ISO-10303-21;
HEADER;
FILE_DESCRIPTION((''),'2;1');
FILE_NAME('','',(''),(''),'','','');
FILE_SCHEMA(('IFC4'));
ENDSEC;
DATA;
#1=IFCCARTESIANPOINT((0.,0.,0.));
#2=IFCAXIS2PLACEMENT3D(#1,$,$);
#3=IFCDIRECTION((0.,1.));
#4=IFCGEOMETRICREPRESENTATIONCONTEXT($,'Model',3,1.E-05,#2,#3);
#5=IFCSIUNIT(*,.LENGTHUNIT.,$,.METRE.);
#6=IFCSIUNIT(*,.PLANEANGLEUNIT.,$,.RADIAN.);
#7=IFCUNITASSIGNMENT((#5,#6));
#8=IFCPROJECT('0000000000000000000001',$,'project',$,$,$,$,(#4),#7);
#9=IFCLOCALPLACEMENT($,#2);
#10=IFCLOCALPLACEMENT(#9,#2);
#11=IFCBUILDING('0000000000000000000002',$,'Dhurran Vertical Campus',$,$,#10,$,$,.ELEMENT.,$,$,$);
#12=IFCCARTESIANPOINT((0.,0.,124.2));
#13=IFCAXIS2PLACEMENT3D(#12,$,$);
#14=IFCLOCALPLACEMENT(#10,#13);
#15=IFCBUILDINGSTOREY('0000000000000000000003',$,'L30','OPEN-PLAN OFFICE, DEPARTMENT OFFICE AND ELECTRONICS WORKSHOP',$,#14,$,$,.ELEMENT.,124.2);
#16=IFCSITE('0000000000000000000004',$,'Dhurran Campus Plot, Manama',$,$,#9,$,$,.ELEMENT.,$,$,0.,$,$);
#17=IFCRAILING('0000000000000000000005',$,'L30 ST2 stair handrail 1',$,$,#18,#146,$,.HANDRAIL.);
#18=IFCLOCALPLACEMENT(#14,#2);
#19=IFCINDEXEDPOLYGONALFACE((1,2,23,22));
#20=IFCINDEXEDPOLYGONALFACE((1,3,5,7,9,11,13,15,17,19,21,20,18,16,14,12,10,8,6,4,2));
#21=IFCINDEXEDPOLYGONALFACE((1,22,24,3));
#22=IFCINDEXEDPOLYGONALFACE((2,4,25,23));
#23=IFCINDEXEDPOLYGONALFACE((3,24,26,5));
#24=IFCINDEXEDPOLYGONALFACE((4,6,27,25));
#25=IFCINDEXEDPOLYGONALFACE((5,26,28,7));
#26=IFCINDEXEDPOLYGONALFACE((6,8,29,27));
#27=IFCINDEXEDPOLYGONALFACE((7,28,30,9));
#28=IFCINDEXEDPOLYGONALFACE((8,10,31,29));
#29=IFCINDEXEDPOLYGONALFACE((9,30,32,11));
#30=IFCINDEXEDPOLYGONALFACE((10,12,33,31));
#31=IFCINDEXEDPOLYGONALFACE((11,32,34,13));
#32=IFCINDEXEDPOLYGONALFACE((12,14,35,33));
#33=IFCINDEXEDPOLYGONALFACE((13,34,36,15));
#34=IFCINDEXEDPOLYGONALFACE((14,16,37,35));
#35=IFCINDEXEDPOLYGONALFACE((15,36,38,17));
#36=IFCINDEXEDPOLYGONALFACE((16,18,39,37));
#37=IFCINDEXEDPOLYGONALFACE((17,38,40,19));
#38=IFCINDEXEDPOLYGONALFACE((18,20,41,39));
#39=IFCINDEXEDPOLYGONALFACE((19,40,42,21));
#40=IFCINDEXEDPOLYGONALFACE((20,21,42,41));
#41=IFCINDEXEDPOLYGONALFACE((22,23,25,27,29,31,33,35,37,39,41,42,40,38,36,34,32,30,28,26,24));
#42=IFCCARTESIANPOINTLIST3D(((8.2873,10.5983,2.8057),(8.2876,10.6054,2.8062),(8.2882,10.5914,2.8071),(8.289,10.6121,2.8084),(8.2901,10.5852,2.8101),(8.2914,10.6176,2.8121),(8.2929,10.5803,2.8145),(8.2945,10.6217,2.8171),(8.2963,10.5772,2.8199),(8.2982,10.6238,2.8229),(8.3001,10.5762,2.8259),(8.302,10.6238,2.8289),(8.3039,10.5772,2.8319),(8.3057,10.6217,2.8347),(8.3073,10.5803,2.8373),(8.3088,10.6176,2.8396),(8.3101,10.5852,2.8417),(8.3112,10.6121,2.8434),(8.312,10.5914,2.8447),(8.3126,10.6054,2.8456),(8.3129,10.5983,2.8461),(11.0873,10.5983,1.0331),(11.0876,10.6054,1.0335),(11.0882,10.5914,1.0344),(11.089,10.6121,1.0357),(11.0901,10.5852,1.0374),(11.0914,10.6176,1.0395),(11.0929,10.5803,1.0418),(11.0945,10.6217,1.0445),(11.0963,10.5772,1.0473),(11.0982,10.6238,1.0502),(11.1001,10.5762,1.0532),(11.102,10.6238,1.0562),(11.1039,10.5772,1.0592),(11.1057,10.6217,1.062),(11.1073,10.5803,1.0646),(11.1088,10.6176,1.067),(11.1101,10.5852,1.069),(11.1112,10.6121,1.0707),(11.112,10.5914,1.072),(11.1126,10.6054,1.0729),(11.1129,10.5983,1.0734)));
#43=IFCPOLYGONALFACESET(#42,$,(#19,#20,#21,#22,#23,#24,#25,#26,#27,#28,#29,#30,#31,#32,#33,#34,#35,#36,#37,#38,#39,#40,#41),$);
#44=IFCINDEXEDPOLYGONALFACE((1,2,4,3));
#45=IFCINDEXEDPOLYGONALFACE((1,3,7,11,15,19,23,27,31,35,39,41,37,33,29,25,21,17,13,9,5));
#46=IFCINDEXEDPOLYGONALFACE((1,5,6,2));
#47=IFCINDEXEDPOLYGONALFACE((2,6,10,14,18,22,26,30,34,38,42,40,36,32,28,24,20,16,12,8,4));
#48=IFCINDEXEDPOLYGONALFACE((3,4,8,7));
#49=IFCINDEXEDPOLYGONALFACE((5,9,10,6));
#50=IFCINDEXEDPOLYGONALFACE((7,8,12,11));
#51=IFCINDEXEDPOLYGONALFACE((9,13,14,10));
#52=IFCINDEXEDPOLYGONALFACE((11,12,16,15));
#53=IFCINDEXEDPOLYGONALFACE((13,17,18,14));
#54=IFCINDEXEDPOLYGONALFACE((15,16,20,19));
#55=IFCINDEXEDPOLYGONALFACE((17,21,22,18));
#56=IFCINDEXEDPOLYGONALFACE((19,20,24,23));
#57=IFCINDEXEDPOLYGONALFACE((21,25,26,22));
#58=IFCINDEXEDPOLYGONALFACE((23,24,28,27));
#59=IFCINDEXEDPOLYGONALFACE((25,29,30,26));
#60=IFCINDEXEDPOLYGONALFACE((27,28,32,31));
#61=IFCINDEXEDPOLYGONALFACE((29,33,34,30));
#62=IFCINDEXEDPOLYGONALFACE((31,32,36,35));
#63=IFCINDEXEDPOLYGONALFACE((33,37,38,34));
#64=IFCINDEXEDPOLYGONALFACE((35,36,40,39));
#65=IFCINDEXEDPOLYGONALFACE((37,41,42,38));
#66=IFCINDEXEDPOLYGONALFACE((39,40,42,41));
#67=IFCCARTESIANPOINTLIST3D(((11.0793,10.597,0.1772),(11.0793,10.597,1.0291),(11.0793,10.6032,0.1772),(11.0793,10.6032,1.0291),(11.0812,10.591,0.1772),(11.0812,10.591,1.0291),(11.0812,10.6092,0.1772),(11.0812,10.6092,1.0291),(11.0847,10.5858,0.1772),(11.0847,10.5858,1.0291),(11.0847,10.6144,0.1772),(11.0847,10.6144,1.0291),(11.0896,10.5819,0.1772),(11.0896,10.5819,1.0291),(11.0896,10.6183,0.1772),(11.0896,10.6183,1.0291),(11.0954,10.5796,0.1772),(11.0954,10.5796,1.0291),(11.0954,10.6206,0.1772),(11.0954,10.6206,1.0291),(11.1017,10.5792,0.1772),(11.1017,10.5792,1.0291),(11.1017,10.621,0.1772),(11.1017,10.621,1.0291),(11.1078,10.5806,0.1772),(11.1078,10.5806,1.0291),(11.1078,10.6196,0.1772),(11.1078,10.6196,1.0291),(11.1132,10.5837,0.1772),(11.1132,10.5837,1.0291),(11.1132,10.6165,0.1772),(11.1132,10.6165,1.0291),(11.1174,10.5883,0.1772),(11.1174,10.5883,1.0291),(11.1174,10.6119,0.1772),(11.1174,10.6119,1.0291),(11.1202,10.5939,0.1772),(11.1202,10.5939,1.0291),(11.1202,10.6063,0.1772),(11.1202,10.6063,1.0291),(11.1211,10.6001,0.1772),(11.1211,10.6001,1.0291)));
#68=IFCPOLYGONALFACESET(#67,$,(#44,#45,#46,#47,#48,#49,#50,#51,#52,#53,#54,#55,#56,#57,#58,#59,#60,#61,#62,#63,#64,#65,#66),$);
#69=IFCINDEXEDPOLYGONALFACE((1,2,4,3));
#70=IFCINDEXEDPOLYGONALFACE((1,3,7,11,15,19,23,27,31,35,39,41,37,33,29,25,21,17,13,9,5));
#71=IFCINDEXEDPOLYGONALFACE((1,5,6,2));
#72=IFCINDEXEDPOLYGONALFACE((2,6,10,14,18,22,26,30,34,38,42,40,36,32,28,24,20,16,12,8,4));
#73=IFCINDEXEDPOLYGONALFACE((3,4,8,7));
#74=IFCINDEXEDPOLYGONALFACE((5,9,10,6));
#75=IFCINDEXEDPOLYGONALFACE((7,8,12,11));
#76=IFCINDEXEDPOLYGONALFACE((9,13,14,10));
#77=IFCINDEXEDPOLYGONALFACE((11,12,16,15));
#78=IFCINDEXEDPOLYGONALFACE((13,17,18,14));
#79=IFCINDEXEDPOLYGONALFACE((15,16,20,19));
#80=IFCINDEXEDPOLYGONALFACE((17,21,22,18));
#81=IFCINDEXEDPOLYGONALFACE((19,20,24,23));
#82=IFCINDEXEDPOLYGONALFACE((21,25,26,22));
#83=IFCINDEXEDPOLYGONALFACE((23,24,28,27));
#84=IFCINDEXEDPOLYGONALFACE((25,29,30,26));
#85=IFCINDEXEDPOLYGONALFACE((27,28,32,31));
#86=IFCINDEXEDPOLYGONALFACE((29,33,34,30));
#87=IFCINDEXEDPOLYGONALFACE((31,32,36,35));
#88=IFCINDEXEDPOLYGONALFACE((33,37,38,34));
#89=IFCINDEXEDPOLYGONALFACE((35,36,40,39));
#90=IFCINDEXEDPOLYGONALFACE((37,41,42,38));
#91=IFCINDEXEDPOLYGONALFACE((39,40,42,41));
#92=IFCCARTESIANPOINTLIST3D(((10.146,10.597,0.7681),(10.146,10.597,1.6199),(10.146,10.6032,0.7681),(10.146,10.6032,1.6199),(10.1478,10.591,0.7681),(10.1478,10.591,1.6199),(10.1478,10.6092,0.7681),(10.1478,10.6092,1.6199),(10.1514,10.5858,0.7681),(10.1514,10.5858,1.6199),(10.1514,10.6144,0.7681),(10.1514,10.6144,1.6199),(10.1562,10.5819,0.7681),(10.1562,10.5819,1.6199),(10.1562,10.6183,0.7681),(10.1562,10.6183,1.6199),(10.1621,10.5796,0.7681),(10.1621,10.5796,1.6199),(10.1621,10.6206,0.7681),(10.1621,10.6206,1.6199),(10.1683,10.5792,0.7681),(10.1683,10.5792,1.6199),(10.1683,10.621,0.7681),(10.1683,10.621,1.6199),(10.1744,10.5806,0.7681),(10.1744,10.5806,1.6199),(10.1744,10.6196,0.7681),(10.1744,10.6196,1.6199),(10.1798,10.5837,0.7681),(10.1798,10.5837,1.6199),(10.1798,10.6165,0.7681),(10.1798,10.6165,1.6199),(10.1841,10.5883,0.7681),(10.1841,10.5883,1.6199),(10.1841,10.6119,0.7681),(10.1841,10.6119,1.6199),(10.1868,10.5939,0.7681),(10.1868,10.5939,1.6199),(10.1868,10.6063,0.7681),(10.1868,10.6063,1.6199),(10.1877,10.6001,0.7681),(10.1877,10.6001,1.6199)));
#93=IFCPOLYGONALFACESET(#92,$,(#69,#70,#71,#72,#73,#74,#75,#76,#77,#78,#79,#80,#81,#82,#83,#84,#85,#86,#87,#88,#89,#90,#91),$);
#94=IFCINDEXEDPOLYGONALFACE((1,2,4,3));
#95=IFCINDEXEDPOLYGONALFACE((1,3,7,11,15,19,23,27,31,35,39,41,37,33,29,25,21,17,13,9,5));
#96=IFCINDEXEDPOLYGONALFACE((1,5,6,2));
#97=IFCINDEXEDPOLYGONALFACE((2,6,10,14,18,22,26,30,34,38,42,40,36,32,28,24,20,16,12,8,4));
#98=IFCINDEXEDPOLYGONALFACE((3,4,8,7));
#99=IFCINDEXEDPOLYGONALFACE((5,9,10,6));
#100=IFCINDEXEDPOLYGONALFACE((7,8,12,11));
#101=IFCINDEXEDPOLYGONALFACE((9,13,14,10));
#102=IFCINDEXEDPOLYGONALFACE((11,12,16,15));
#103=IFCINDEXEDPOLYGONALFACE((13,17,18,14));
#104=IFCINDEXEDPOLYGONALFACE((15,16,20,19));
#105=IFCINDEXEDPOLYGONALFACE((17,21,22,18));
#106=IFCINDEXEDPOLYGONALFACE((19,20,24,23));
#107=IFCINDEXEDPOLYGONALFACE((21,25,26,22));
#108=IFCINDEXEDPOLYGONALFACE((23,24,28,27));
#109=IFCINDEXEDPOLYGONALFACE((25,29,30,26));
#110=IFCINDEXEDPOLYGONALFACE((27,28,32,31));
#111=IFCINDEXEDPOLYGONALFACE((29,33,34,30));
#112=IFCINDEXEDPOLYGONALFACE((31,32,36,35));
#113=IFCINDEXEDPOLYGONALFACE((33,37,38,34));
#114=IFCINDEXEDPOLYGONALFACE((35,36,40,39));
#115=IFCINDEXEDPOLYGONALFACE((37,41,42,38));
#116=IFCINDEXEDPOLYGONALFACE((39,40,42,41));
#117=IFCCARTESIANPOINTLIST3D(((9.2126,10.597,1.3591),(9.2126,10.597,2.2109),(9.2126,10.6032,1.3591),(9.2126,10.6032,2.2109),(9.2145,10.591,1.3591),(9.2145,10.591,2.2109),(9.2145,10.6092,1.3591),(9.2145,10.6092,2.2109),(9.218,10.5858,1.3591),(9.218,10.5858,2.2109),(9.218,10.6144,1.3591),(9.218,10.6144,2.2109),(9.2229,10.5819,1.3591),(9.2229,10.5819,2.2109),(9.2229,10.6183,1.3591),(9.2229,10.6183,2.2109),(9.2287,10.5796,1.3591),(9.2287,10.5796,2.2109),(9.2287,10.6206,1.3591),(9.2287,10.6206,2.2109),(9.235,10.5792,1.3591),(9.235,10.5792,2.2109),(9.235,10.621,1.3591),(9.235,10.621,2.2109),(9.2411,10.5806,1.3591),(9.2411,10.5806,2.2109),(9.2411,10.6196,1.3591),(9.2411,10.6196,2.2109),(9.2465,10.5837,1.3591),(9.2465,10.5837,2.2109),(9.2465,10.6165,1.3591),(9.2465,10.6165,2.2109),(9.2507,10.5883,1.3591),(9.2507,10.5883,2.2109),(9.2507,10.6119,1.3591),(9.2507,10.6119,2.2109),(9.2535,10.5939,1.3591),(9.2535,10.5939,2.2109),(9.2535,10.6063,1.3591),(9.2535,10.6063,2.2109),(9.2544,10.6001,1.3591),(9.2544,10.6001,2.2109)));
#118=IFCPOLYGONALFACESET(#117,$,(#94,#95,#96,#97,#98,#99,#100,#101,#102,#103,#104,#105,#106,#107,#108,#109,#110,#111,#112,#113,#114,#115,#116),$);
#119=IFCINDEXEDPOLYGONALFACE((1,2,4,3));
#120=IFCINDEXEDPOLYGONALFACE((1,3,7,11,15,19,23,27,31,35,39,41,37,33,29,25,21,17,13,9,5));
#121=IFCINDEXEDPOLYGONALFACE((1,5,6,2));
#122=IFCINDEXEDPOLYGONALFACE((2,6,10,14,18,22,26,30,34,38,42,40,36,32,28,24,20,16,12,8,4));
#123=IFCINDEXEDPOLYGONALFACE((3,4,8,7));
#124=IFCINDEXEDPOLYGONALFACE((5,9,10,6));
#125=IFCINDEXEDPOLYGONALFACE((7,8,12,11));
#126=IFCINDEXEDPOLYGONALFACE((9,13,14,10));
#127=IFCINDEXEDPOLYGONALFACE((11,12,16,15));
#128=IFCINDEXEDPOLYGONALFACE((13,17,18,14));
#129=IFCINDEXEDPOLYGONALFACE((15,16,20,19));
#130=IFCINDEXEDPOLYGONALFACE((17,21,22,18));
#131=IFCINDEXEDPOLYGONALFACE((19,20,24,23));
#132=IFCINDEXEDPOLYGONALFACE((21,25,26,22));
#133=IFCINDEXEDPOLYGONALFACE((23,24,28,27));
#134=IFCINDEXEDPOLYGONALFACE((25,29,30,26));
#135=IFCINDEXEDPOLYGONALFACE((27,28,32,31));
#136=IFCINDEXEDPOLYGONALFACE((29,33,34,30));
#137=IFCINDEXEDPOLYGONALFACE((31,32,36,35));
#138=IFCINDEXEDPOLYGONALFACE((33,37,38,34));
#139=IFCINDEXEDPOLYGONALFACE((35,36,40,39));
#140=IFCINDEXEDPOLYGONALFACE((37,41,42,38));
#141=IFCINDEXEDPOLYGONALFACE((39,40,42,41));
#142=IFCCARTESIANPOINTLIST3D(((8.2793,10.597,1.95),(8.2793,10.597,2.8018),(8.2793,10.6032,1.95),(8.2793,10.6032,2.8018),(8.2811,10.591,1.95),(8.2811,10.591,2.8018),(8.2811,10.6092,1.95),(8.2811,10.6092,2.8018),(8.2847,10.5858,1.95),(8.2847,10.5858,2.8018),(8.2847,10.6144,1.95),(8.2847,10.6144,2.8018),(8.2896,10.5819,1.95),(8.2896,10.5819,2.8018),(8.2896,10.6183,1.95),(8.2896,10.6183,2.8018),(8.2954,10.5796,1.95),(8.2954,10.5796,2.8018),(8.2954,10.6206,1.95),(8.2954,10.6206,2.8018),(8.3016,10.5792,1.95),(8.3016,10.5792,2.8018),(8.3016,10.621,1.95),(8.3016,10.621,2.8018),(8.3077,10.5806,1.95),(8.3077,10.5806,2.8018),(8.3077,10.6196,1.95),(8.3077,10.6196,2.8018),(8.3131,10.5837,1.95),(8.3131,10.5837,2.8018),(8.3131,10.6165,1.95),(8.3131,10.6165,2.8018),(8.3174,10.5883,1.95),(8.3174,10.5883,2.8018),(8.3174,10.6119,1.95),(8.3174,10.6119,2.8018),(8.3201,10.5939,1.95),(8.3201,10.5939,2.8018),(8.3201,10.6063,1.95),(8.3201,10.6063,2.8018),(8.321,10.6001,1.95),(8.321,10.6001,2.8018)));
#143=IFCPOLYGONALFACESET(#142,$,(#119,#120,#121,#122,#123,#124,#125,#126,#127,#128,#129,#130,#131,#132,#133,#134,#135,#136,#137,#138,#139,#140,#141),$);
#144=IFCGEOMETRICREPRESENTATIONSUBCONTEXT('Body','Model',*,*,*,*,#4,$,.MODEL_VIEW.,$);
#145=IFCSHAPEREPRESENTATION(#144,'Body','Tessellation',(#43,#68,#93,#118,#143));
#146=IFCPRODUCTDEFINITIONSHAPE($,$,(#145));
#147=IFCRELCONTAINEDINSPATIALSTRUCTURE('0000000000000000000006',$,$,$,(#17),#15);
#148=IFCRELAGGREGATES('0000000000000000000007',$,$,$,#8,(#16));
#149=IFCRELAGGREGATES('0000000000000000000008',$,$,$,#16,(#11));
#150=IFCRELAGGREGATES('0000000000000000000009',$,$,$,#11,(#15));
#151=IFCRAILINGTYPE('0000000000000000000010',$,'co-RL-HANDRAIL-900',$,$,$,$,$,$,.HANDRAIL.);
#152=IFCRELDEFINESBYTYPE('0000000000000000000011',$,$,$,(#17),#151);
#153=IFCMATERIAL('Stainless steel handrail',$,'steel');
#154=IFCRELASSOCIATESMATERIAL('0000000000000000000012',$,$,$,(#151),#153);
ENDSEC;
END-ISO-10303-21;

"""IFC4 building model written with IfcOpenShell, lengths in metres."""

from ifc_helpers import new_model, si_unit, direction, frame, origin, origin_2d, place, context, subcontext, project, spatial, circle, extrude, material, type_object, element, save


model = new_model("IFC4")

# Units and contexts
model_context = context("Model", 3, precision=1e-05, world=origin(), true_north=direction((0.0, 1.0)))
body_context = subcontext(model_context, "Body", "Model", "MODEL_VIEW")
ifc_project = project(units=[si_unit("LENGTHUNIT", "METRE"), si_unit("PLANEANGLEUNIT", "RADIAN")], contexts=[model_context])

# Site, building, storey
site_placement = place(None, origin())
site = spatial("IfcSite", under=ifc_project, at=site_placement, Name="Dhurran Campus Plot, Manama", CompositionType="ELEMENT", RefElevation=0.0)
building_placement = place(site_placement, origin())
building = spatial("IfcBuilding", under=site, at=building_placement, Name="Dhurran Vertical Campus", CompositionType="ELEMENT")
storey_placement = place(building_placement, frame((0.0, 0.0, 124.2)))
storey = spatial("IfcBuildingStorey", under=building, at=storey_placement, Name="L30", Description="OPEN-PLAN OFFICE, DEPARTMENT OFFICE AND ELECTRONICS WORKSHOP", CompositionType="ELEMENT", Elevation=124.2)

# Railing
ifc_material_1 = material(Name="Stainless steel handrail", Category="steel")
railing_type_1 = type_object("IfcRailingType", Name="co-RL-HANDRAIL-900", PredefinedType="HANDRAIL", material=ifc_material_1)
railing_1_placement = place(storey_placement, frame((11.1001, 10.6001, 0.1772)))
element("IfcRailing", 1, at=railing_1_placement, inside=storey, type_object=railing_type_1, Name="L30 ST2 stair handrail 1", PredefinedType="HANDRAIL", context=body_context, shape_type="SweptSolid", body=[
    extrude(circle(Radius=0.0239, at=origin_2d()), frame((0.0, 0.0, 0.876), z_axis=(-0.844909, 0.0, 0.53491), x_axis=(0.0, -1.0, 0.0)), (0.0, 0.0, 1.0), 3.314),
    extrude(circle(Radius=0.021, at=origin_2d()), origin(), (0.0, 0.0, 1.0), 0.8518),
    extrude(circle(Radius=0.021, at=origin_2d()), frame((-0.9333, 0.0, 0.5908)), (0.0, 0.0, 1.0), 0.8518),
    extrude(circle(Radius=0.021, at=origin_2d()), frame((-1.8667, 0.0, 1.1819)), (0.0, 0.0, 1.0), 0.8518),
    extrude(circle(Radius=0.021, at=origin_2d()), frame((-2.8, 0.0, 1.7727)), (0.0, 0.0, 1.0), 0.8518),
])

save(model, "model.ifc")
